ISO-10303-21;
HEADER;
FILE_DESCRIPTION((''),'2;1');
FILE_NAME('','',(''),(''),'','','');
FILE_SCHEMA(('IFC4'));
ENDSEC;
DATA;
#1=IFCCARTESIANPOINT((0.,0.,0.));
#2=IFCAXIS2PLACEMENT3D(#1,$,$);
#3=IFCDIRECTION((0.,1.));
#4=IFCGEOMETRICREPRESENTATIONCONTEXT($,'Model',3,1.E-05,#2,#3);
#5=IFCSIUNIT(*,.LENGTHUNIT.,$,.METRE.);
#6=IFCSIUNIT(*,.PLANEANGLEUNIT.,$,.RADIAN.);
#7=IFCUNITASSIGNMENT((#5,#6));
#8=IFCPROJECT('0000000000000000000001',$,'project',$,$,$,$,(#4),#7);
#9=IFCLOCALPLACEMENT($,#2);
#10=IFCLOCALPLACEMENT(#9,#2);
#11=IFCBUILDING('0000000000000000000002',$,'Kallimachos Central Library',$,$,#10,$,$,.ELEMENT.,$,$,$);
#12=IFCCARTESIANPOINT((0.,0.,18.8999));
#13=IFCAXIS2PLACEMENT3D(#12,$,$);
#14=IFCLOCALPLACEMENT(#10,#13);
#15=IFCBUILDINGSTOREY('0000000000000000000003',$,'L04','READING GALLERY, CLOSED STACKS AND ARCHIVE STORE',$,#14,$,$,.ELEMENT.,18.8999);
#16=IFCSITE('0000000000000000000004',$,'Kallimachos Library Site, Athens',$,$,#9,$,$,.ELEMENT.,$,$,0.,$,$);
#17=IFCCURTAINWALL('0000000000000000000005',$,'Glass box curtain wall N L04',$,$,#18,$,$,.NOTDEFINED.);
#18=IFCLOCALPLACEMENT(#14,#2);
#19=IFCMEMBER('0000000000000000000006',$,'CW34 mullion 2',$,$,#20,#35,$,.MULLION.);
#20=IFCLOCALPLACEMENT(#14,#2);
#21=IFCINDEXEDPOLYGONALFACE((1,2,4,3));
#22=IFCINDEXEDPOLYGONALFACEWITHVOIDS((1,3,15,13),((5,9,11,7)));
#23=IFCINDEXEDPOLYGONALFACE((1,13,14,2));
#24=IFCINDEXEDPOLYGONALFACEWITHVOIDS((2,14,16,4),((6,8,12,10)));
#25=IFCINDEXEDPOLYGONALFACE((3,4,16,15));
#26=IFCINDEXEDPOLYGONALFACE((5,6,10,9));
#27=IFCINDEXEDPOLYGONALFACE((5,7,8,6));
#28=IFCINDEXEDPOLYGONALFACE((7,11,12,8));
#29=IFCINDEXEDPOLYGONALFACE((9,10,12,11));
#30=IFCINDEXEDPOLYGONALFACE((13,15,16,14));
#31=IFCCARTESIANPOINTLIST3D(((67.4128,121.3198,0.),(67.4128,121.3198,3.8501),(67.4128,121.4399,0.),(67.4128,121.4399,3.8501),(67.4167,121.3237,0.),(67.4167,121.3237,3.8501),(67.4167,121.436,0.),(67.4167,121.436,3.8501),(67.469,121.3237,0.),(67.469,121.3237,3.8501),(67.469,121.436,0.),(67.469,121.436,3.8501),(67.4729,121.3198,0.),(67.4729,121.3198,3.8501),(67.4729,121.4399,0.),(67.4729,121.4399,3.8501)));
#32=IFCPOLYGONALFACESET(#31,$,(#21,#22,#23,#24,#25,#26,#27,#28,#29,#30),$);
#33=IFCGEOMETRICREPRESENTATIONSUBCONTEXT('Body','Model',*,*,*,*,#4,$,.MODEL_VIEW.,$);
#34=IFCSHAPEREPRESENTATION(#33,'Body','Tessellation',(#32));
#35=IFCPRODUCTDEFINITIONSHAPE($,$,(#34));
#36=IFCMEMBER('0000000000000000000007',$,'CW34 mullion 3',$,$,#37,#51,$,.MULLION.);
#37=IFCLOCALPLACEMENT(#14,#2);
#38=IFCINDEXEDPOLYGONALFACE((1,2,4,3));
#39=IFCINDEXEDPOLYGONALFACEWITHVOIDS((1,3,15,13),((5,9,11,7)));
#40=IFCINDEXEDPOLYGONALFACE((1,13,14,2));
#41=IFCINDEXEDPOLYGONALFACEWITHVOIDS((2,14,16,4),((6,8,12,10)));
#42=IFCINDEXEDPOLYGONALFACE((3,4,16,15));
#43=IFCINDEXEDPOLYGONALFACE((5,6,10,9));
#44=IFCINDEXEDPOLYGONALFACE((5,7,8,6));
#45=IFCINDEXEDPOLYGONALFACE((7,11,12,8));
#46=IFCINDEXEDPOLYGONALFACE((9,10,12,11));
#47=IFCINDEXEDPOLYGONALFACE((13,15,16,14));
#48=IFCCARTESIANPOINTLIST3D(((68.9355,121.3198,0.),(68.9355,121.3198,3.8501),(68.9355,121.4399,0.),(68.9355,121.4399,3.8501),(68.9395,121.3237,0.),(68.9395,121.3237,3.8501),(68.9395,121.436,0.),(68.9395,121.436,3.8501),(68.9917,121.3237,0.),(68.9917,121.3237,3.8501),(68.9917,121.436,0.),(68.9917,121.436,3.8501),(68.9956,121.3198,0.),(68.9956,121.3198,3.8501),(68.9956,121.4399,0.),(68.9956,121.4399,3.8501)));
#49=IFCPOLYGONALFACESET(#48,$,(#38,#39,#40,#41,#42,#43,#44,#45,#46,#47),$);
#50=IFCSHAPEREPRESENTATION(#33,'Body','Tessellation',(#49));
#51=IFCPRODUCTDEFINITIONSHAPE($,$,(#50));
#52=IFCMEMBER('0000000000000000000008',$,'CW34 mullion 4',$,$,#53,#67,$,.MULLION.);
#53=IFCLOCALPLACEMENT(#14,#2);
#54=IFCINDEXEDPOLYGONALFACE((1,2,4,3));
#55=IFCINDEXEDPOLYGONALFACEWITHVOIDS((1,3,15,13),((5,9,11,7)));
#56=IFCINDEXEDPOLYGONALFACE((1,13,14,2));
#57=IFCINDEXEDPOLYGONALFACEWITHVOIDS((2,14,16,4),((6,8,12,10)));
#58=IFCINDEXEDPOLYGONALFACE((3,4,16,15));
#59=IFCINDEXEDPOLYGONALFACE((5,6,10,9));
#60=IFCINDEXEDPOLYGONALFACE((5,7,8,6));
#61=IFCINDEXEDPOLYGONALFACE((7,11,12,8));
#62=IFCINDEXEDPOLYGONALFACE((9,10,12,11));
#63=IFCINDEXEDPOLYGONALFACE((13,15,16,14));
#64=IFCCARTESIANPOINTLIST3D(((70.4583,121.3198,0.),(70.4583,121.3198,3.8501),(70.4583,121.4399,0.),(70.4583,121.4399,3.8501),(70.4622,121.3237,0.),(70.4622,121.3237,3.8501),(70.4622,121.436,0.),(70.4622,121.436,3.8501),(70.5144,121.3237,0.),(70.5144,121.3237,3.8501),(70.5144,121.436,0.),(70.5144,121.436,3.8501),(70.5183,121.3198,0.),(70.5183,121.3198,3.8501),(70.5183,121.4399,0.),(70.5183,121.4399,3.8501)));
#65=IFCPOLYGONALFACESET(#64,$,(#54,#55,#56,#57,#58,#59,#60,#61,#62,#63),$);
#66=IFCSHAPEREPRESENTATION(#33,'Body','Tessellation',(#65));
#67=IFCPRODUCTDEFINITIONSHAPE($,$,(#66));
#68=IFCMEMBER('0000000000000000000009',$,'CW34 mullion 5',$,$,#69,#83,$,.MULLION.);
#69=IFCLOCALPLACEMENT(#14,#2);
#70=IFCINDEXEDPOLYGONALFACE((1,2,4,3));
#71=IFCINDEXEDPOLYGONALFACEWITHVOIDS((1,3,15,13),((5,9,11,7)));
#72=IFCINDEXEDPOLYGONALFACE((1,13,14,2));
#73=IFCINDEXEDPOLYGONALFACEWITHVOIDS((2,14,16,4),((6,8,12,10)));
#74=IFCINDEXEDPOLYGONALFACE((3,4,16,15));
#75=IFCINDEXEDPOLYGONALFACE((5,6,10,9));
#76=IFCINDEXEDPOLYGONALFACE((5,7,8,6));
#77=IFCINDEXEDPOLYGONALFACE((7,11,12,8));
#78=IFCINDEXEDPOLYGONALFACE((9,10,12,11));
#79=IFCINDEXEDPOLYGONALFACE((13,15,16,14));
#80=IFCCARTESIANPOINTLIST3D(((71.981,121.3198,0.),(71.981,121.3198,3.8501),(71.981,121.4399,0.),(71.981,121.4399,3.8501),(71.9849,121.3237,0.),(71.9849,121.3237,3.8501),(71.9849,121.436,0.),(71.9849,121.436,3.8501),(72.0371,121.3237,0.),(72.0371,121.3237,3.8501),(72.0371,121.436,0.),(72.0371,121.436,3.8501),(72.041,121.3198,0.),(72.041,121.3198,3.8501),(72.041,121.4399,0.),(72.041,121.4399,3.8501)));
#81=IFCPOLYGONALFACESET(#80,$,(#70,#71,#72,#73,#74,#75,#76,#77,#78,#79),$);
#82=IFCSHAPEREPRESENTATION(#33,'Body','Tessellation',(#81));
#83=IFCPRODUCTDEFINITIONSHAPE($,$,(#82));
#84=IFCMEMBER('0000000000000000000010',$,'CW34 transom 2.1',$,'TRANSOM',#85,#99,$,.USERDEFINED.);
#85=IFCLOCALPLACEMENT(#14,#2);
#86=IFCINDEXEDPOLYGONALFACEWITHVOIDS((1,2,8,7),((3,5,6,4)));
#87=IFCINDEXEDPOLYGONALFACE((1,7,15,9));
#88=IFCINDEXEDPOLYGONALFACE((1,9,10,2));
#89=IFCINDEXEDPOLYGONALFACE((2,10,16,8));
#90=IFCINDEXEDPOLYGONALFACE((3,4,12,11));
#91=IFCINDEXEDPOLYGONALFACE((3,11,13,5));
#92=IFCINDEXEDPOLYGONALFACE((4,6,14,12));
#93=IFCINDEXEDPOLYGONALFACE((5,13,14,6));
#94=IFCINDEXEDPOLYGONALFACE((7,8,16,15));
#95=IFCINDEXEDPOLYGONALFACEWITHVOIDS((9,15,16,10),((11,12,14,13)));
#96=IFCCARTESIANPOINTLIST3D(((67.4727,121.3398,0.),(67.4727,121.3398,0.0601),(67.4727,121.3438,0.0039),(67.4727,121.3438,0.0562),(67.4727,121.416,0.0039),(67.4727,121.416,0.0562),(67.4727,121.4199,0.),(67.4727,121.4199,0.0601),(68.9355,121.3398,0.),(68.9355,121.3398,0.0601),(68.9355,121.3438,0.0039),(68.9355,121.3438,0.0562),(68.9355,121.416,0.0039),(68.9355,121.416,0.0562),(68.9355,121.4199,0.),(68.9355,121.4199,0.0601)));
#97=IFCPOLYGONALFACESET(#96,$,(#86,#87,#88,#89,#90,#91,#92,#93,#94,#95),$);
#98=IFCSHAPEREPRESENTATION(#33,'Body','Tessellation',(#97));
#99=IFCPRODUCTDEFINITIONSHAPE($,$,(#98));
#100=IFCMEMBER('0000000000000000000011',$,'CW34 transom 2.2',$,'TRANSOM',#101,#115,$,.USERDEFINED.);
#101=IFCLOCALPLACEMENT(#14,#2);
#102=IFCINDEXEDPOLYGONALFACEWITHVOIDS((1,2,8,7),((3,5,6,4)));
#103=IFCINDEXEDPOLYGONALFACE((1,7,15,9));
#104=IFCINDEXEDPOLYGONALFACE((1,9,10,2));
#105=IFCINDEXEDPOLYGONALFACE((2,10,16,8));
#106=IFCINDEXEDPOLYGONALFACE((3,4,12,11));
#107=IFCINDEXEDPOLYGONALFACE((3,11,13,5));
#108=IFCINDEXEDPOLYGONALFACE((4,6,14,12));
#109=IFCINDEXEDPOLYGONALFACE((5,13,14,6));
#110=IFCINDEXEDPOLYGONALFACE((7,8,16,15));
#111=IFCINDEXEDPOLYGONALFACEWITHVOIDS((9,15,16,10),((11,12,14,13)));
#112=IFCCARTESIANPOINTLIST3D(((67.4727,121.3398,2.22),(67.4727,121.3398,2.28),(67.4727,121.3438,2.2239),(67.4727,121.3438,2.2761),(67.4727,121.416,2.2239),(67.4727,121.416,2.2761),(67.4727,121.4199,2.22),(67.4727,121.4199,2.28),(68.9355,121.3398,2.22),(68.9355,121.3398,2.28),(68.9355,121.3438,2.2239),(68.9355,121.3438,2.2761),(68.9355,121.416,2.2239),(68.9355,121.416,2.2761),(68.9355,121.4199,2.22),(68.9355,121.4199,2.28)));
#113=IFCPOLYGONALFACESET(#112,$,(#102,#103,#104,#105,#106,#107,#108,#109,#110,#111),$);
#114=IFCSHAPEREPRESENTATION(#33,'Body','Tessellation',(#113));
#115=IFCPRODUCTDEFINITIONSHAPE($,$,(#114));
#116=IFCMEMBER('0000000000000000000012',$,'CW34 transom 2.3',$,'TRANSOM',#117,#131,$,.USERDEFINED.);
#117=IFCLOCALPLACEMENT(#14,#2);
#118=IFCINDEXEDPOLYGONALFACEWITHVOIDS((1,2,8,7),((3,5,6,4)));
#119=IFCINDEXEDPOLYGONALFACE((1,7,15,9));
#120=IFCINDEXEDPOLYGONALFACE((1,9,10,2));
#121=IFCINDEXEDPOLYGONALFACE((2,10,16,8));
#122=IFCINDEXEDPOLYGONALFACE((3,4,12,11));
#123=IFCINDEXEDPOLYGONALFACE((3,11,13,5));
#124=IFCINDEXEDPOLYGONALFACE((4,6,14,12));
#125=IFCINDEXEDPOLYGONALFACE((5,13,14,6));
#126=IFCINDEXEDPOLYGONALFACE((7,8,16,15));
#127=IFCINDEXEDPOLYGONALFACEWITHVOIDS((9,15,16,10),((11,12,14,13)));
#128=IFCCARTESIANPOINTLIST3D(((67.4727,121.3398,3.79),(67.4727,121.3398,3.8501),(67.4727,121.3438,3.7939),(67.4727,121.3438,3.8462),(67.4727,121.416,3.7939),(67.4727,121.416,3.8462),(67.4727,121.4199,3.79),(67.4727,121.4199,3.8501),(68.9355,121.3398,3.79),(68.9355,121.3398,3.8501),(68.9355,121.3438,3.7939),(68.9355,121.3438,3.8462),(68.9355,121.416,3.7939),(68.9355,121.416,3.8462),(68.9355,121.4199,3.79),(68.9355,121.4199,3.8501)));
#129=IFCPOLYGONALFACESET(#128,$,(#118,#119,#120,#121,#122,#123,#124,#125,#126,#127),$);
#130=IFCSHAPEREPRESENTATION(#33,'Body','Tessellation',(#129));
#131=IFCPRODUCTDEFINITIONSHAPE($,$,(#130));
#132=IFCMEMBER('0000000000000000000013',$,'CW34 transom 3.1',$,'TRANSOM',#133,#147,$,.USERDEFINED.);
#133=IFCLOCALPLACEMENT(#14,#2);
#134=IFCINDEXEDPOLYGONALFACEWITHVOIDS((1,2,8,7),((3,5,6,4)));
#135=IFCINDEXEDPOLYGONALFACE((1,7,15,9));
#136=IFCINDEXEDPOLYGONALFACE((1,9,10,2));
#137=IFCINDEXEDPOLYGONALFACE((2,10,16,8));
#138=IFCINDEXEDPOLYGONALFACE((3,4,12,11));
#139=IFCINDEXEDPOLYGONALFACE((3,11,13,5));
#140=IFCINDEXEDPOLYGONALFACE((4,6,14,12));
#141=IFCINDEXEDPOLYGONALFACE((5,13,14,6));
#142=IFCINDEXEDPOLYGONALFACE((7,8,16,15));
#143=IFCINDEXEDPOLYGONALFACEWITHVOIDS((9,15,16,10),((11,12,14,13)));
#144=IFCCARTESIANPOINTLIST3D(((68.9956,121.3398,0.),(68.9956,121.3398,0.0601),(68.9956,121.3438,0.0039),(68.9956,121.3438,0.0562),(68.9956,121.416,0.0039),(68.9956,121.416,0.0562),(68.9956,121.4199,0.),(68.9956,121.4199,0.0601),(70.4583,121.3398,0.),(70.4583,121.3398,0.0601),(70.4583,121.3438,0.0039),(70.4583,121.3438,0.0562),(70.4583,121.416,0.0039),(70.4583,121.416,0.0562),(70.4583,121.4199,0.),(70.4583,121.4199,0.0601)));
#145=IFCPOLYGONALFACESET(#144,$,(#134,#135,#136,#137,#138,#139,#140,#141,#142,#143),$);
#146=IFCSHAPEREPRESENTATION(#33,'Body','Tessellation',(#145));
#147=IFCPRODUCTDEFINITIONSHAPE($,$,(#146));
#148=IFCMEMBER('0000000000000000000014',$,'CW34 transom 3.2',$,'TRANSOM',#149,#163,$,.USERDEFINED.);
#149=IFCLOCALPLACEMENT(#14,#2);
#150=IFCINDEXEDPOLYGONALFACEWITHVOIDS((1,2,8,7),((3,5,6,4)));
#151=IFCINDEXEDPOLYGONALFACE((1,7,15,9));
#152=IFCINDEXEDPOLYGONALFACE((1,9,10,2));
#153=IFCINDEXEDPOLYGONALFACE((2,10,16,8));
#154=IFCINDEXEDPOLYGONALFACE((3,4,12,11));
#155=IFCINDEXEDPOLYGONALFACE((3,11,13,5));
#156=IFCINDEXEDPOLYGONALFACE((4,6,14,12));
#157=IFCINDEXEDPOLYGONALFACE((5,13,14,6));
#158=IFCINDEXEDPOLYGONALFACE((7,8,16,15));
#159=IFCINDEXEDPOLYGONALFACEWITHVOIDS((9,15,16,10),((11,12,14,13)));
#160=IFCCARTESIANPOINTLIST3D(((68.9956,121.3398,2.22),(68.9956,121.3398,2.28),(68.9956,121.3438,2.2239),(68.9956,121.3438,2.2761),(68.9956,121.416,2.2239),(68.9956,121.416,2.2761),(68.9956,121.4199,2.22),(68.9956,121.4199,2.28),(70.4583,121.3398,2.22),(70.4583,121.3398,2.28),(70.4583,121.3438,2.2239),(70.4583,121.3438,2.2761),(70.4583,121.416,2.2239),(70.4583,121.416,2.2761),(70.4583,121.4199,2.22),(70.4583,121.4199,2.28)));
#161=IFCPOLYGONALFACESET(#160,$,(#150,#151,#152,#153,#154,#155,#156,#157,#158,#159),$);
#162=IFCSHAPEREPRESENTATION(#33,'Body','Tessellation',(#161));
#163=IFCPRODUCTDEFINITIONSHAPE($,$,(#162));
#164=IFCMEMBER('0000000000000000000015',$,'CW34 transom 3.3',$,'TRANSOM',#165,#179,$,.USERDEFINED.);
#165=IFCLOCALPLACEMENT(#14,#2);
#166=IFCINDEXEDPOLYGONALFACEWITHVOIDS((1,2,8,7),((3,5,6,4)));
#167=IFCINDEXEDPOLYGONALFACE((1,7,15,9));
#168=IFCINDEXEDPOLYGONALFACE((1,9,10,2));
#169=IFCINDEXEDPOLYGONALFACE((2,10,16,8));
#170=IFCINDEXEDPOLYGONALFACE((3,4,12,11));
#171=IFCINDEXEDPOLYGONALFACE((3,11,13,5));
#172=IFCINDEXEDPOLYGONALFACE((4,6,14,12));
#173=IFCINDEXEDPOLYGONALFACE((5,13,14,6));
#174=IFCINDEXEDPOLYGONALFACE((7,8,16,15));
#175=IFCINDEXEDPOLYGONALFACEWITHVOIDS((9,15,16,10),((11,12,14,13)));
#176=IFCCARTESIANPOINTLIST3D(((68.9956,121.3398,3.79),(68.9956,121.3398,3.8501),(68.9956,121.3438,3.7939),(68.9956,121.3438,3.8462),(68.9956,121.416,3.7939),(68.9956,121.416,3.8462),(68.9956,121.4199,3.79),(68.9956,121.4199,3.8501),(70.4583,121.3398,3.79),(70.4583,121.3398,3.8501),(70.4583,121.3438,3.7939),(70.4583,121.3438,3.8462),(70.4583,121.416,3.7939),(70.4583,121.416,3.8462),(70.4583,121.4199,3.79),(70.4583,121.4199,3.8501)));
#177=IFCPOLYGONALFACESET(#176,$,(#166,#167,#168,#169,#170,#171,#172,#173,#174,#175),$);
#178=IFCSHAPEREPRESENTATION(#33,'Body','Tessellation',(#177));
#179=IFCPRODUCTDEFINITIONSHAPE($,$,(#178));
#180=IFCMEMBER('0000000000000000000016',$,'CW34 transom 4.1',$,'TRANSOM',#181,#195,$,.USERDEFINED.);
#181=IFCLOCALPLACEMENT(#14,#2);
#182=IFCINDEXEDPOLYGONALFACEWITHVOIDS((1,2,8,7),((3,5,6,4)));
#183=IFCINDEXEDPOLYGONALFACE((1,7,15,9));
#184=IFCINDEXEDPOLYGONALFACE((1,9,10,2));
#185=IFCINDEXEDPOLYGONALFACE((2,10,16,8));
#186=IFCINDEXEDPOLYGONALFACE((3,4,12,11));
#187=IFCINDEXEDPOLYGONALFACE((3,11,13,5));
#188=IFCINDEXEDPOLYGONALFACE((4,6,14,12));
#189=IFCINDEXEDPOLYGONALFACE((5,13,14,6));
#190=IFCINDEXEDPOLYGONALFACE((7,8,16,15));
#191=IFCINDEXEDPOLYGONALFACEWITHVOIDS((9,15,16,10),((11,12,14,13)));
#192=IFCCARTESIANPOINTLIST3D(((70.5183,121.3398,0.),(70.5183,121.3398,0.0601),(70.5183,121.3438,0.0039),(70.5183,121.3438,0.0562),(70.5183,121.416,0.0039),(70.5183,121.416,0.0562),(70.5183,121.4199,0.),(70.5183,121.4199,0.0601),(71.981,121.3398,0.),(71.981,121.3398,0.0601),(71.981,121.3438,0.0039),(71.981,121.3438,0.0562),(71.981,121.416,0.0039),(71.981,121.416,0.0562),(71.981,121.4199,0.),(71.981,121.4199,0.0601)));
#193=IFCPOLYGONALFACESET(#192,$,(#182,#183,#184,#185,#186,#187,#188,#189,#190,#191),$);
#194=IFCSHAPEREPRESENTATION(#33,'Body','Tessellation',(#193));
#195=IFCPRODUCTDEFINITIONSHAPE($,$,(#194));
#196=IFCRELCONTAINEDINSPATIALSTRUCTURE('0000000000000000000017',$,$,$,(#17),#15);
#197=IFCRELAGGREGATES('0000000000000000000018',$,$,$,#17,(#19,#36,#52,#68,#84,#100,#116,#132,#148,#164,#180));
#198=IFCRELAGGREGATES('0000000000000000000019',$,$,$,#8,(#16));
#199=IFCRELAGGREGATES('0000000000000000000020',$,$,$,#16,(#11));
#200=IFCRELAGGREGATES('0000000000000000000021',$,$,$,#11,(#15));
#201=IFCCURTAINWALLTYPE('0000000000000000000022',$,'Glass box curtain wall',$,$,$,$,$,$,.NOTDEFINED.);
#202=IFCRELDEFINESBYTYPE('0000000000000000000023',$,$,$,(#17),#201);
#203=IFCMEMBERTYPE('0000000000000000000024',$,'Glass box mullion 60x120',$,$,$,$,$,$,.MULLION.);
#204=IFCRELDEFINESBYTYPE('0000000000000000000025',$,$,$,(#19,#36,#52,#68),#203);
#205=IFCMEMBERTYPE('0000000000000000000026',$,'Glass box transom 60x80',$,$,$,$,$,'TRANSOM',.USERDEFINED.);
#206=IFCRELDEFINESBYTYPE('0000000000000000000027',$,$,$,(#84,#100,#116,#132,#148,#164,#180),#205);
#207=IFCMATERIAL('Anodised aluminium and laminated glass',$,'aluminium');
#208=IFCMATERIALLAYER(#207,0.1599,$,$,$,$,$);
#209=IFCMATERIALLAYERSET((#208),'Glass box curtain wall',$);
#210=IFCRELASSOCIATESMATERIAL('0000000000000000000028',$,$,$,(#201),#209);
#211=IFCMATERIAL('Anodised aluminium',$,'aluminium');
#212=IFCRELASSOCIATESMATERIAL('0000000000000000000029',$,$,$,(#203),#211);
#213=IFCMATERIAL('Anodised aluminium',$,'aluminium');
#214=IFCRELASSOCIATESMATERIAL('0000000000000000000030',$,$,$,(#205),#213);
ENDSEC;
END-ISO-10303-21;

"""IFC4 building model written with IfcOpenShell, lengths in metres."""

from ifc_helpers import new_model, si_unit, direction, frame, origin, origin_2d, place, context, subcontext, project, spatial, hollow_rectangle, extrude, material, layer, layer_set, material_profile, profile_set, type_object, element, aggregate, save


model = new_model("IFC4")

# Units and contexts
model_context = context("Model", 3, precision=1e-05, world=origin(), true_north=direction((0.0, 1.0)))
body_context = subcontext(model_context, "Body", "Model", "MODEL_VIEW")
ifc_project = project(units=[si_unit("LENGTHUNIT", "METRE"), si_unit("PLANEANGLEUNIT", "RADIAN")], contexts=[model_context])

# Site, building, storey
site_placement = place(None, origin())
site = spatial("IfcSite", under=ifc_project, at=site_placement, Name="Kallimachos Library Site, Athens", CompositionType="ELEMENT", RefElevation=0.0)
building_placement = place(site_placement, origin())
building = spatial("IfcBuilding", under=site, at=building_placement, Name="Kallimachos Central Library", CompositionType="ELEMENT")
storey_placement = place(building_placement, frame((0.0, 0.0, 18.8999)))
storey = spatial("IfcBuildingStorey", under=building, at=storey_placement, Name="L04", Description="READING GALLERY, CLOSED STACKS AND ARCHIVE STORE", CompositionType="ELEMENT", Elevation=18.8999)

# Curtain wall, members
ifc_material_1 = material(Name="Anodised aluminium and laminated glass", Category="aluminium")
ifc_layer_1 = layer(ifc_material_1, 0.1599)
ifc_layer_set_1 = layer_set([ifc_layer_1], Name="Glass box curtain wall")
curtain_wall_type = type_object("IfcCurtainWallType", Name="Glass box curtain wall", PredefinedType="NOTDEFINED", material=ifc_layer_set_1)
curtain_wall_placement = place(storey_placement, origin())
curtain_wall = element("IfcCurtainWall", 1, at=curtain_wall_placement, inside=storey, type_object=curtain_wall_type, Name="Glass box curtain wall N L04", PredefinedType="NOTDEFINED")
ifc_material_2 = material(Name="Anodised aluminium", Category="aluminium")
ifc_material_profile_1 = material_profile(ifc_material_2, hollow_rectangle(XDim=0.0601, YDim=0.1201, WallThickness=0.0039, at=origin_2d()), Name="ALU MULLION 60x120")
ifc_profile_set_1 = profile_set([ifc_material_profile_1], Name="Anodised aluminium")
member_type_1 = type_object("IfcMemberType", Name="Glass box mullion 60x120", PredefinedType="MULLION", material=ifc_profile_set_1)
member_1_placement = place(storey_placement, frame((67.4429, 121.3799, 0.0), z_axis=(0.0, 0.0, 1.0), x_axis=(1.0, 0.0, 0.0)))
member_1 = element("IfcMember", 2, at=member_1_placement, type_object=member_type_1, Name="CW34 mullion 2", PredefinedType="MULLION", context=body_context, shape_type="SweptSolid", body=[
    extrude(hollow_rectangle(XDim=0.0601, YDim=0.1201, WallThickness=0.0039, at=origin_2d()), origin(), (0.0, 0.0, 1.0), 3.8501),
])
member_2_placement = place(storey_placement, frame((68.9656, 121.3799, 0.0), z_axis=(0.0, 0.0, 1.0), x_axis=(1.0, 0.0, 0.0)))
member_2 = element("IfcMember", 3, at=member_2_placement, type_object=member_type_1, Name="CW34 mullion 3", PredefinedType="MULLION", context=body_context, shape_type="SweptSolid", body=[
    extrude(hollow_rectangle(XDim=0.0601, YDim=0.1201, WallThickness=0.0039, at=origin_2d()), origin(), (0.0, 0.0, 1.0), 3.8501),
])
member_3_placement = place(storey_placement, frame((70.4883, 121.3799, 0.0), z_axis=(0.0, 0.0, 1.0), x_axis=(1.0, 0.0, 0.0)))
member_3 = element("IfcMember", 4, at=member_3_placement, type_object=member_type_1, Name="CW34 mullion 4", PredefinedType="MULLION", context=body_context, shape_type="SweptSolid", body=[
    extrude(hollow_rectangle(XDim=0.0601, YDim=0.1201, WallThickness=0.0039, at=origin_2d()), origin(), (0.0, 0.0, 1.0), 3.8501),
])
member_4_placement = place(storey_placement, frame((72.011, 121.3799, 0.0), z_axis=(0.0, 0.0, 1.0), x_axis=(1.0, 0.0, 0.0)))
member_4 = element("IfcMember", 5, at=member_4_placement, type_object=member_type_1, Name="CW34 mullion 5", PredefinedType="MULLION", context=body_context, shape_type="SweptSolid", body=[
    extrude(hollow_rectangle(XDim=0.0601, YDim=0.1201, WallThickness=0.0039, at=origin_2d()), origin(), (0.0, 0.0, 1.0), 3.8501),
])
ifc_material_3 = material(Name="Anodised aluminium", Category="aluminium")
ifc_material_profile_2 = material_profile(ifc_material_3, hollow_rectangle(XDim=0.0601, YDim=0.0801, WallThickness=0.0039, at=origin_2d()), Name="ALU TRANSOM 60x80")
ifc_profile_set_2 = profile_set([ifc_material_profile_2], Name="Anodised aluminium")
member_type_2 = type_object("IfcMemberType", Name="Glass box transom 60x80", ElementType="TRANSOM", PredefinedType="USERDEFINED", material=ifc_profile_set_2)
member_5_placement = place(storey_placement, frame((67.4727, 121.3799, 0.03), z_axis=(1.0, 0.0, 0.0), x_axis=(0.0, 0.0, 1.0)))
member_5 = element("IfcMember", 6, at=member_5_placement, type_object=member_type_2, Name="CW34 transom 2.1", ObjectType="TRANSOM", PredefinedType="USERDEFINED", context=body_context, shape_type="SweptSolid", body=[
    extrude(hollow_rectangle(XDim=0.0601, YDim=0.0801, WallThickness=0.0039, at=origin_2d()), origin(), (0.0, 0.0, 1.0), 1.4629),
])
member_6_placement = place(storey_placement, frame((67.4727, 121.3799, 2.25), z_axis=(1.0, 0.0, 0.0), x_axis=(0.0, 0.0, 1.0)))
member_6 = element("IfcMember", 7, at=member_6_placement, type_object=member_type_2, Name="CW34 transom 2.2", ObjectType="TRANSOM", PredefinedType="USERDEFINED", context=body_context, shape_type="SweptSolid", body=[
    extrude(hollow_rectangle(XDim=0.0601, YDim=0.0801, WallThickness=0.0039, at=origin_2d()), origin(), (0.0, 0.0, 1.0), 1.4629),
])
member_7_placement = place(storey_placement, frame((67.4727, 121.3799, 3.8201), z_axis=(1.0, 0.0, 0.0), x_axis=(0.0, 0.0, 1.0)))
member_7 = element("IfcMember", 8, at=member_7_placement, type_object=member_type_2, Name="CW34 transom 2.3", ObjectType="TRANSOM", PredefinedType="USERDEFINED", context=body_context, shape_type="SweptSolid", body=[
    extrude(hollow_rectangle(XDim=0.0601, YDim=0.0801, WallThickness=0.0039, at=origin_2d()), origin(), (0.0, 0.0, 1.0), 1.4629),
])
member_8_placement = place(storey_placement, frame((68.9956, 121.3799, 0.03), z_axis=(1.0, 0.0, 0.0), x_axis=(0.0, 0.0, 1.0)))
member_8 = element("IfcMember", 9, at=member_8_placement, type_object=member_type_2, Name="CW34 transom 3.1", ObjectType="TRANSOM", PredefinedType="USERDEFINED", context=body_context, shape_type="SweptSolid", body=[
    extrude(hollow_rectangle(XDim=0.0601, YDim=0.0801, WallThickness=0.0039, at=origin_2d()), origin(), (0.0, 0.0, 1.0), 1.4626),
])
member_9_placement = place(storey_placement, frame((68.9956, 121.3799, 2.25), z_axis=(1.0, 0.0, 0.0), x_axis=(0.0, 0.0, 1.0)))
member_9 = element("IfcMember", 10, at=member_9_placement, type_object=member_type_2, Name="CW34 transom 3.2", ObjectType="TRANSOM", PredefinedType="USERDEFINED", context=body_context, shape_type="SweptSolid", body=[
    extrude(hollow_rectangle(XDim=0.0601, YDim=0.0801, WallThickness=0.0039, at=origin_2d()), origin(), (0.0, 0.0, 1.0), 1.4626),
])
member_10_placement = place(storey_placement, frame((68.9956, 121.3799, 3.8201), z_axis=(1.0, 0.0, 0.0), x_axis=(0.0, 0.0, 1.0)))
member_10 = element("IfcMember", 11, at=member_10_placement, type_object=member_type_2, Name="CW34 transom 3.3", ObjectType="TRANSOM", PredefinedType="USERDEFINED", context=body_context, shape_type="SweptSolid", body=[
    extrude(hollow_rectangle(XDim=0.0601, YDim=0.0801, WallThickness=0.0039, at=origin_2d()), origin(), (0.0, 0.0, 1.0), 1.4626),
])
member_11_placement = place(storey_placement, frame((70.5183, 121.3799, 0.03), z_axis=(1.0, 0.0, 0.0), x_axis=(0.0, 0.0, 1.0)))
member_11 = element("IfcMember", 12, at=member_11_placement, type_object=member_type_2, Name="CW34 transom 4.1", ObjectType="TRANSOM", PredefinedType="USERDEFINED", context=body_context, shape_type="SweptSolid", body=[
    extrude(hollow_rectangle(XDim=0.0601, YDim=0.0801, WallThickness=0.0039, at=origin_2d()), origin(), (0.0, 0.0, 1.0), 1.4626),
])
aggregate(curtain_wall, [member_1, member_2, member_3, member_4, member_5, member_6, member_7, member_8, member_9, member_10, member_11])

save(model, "model.ifc")
